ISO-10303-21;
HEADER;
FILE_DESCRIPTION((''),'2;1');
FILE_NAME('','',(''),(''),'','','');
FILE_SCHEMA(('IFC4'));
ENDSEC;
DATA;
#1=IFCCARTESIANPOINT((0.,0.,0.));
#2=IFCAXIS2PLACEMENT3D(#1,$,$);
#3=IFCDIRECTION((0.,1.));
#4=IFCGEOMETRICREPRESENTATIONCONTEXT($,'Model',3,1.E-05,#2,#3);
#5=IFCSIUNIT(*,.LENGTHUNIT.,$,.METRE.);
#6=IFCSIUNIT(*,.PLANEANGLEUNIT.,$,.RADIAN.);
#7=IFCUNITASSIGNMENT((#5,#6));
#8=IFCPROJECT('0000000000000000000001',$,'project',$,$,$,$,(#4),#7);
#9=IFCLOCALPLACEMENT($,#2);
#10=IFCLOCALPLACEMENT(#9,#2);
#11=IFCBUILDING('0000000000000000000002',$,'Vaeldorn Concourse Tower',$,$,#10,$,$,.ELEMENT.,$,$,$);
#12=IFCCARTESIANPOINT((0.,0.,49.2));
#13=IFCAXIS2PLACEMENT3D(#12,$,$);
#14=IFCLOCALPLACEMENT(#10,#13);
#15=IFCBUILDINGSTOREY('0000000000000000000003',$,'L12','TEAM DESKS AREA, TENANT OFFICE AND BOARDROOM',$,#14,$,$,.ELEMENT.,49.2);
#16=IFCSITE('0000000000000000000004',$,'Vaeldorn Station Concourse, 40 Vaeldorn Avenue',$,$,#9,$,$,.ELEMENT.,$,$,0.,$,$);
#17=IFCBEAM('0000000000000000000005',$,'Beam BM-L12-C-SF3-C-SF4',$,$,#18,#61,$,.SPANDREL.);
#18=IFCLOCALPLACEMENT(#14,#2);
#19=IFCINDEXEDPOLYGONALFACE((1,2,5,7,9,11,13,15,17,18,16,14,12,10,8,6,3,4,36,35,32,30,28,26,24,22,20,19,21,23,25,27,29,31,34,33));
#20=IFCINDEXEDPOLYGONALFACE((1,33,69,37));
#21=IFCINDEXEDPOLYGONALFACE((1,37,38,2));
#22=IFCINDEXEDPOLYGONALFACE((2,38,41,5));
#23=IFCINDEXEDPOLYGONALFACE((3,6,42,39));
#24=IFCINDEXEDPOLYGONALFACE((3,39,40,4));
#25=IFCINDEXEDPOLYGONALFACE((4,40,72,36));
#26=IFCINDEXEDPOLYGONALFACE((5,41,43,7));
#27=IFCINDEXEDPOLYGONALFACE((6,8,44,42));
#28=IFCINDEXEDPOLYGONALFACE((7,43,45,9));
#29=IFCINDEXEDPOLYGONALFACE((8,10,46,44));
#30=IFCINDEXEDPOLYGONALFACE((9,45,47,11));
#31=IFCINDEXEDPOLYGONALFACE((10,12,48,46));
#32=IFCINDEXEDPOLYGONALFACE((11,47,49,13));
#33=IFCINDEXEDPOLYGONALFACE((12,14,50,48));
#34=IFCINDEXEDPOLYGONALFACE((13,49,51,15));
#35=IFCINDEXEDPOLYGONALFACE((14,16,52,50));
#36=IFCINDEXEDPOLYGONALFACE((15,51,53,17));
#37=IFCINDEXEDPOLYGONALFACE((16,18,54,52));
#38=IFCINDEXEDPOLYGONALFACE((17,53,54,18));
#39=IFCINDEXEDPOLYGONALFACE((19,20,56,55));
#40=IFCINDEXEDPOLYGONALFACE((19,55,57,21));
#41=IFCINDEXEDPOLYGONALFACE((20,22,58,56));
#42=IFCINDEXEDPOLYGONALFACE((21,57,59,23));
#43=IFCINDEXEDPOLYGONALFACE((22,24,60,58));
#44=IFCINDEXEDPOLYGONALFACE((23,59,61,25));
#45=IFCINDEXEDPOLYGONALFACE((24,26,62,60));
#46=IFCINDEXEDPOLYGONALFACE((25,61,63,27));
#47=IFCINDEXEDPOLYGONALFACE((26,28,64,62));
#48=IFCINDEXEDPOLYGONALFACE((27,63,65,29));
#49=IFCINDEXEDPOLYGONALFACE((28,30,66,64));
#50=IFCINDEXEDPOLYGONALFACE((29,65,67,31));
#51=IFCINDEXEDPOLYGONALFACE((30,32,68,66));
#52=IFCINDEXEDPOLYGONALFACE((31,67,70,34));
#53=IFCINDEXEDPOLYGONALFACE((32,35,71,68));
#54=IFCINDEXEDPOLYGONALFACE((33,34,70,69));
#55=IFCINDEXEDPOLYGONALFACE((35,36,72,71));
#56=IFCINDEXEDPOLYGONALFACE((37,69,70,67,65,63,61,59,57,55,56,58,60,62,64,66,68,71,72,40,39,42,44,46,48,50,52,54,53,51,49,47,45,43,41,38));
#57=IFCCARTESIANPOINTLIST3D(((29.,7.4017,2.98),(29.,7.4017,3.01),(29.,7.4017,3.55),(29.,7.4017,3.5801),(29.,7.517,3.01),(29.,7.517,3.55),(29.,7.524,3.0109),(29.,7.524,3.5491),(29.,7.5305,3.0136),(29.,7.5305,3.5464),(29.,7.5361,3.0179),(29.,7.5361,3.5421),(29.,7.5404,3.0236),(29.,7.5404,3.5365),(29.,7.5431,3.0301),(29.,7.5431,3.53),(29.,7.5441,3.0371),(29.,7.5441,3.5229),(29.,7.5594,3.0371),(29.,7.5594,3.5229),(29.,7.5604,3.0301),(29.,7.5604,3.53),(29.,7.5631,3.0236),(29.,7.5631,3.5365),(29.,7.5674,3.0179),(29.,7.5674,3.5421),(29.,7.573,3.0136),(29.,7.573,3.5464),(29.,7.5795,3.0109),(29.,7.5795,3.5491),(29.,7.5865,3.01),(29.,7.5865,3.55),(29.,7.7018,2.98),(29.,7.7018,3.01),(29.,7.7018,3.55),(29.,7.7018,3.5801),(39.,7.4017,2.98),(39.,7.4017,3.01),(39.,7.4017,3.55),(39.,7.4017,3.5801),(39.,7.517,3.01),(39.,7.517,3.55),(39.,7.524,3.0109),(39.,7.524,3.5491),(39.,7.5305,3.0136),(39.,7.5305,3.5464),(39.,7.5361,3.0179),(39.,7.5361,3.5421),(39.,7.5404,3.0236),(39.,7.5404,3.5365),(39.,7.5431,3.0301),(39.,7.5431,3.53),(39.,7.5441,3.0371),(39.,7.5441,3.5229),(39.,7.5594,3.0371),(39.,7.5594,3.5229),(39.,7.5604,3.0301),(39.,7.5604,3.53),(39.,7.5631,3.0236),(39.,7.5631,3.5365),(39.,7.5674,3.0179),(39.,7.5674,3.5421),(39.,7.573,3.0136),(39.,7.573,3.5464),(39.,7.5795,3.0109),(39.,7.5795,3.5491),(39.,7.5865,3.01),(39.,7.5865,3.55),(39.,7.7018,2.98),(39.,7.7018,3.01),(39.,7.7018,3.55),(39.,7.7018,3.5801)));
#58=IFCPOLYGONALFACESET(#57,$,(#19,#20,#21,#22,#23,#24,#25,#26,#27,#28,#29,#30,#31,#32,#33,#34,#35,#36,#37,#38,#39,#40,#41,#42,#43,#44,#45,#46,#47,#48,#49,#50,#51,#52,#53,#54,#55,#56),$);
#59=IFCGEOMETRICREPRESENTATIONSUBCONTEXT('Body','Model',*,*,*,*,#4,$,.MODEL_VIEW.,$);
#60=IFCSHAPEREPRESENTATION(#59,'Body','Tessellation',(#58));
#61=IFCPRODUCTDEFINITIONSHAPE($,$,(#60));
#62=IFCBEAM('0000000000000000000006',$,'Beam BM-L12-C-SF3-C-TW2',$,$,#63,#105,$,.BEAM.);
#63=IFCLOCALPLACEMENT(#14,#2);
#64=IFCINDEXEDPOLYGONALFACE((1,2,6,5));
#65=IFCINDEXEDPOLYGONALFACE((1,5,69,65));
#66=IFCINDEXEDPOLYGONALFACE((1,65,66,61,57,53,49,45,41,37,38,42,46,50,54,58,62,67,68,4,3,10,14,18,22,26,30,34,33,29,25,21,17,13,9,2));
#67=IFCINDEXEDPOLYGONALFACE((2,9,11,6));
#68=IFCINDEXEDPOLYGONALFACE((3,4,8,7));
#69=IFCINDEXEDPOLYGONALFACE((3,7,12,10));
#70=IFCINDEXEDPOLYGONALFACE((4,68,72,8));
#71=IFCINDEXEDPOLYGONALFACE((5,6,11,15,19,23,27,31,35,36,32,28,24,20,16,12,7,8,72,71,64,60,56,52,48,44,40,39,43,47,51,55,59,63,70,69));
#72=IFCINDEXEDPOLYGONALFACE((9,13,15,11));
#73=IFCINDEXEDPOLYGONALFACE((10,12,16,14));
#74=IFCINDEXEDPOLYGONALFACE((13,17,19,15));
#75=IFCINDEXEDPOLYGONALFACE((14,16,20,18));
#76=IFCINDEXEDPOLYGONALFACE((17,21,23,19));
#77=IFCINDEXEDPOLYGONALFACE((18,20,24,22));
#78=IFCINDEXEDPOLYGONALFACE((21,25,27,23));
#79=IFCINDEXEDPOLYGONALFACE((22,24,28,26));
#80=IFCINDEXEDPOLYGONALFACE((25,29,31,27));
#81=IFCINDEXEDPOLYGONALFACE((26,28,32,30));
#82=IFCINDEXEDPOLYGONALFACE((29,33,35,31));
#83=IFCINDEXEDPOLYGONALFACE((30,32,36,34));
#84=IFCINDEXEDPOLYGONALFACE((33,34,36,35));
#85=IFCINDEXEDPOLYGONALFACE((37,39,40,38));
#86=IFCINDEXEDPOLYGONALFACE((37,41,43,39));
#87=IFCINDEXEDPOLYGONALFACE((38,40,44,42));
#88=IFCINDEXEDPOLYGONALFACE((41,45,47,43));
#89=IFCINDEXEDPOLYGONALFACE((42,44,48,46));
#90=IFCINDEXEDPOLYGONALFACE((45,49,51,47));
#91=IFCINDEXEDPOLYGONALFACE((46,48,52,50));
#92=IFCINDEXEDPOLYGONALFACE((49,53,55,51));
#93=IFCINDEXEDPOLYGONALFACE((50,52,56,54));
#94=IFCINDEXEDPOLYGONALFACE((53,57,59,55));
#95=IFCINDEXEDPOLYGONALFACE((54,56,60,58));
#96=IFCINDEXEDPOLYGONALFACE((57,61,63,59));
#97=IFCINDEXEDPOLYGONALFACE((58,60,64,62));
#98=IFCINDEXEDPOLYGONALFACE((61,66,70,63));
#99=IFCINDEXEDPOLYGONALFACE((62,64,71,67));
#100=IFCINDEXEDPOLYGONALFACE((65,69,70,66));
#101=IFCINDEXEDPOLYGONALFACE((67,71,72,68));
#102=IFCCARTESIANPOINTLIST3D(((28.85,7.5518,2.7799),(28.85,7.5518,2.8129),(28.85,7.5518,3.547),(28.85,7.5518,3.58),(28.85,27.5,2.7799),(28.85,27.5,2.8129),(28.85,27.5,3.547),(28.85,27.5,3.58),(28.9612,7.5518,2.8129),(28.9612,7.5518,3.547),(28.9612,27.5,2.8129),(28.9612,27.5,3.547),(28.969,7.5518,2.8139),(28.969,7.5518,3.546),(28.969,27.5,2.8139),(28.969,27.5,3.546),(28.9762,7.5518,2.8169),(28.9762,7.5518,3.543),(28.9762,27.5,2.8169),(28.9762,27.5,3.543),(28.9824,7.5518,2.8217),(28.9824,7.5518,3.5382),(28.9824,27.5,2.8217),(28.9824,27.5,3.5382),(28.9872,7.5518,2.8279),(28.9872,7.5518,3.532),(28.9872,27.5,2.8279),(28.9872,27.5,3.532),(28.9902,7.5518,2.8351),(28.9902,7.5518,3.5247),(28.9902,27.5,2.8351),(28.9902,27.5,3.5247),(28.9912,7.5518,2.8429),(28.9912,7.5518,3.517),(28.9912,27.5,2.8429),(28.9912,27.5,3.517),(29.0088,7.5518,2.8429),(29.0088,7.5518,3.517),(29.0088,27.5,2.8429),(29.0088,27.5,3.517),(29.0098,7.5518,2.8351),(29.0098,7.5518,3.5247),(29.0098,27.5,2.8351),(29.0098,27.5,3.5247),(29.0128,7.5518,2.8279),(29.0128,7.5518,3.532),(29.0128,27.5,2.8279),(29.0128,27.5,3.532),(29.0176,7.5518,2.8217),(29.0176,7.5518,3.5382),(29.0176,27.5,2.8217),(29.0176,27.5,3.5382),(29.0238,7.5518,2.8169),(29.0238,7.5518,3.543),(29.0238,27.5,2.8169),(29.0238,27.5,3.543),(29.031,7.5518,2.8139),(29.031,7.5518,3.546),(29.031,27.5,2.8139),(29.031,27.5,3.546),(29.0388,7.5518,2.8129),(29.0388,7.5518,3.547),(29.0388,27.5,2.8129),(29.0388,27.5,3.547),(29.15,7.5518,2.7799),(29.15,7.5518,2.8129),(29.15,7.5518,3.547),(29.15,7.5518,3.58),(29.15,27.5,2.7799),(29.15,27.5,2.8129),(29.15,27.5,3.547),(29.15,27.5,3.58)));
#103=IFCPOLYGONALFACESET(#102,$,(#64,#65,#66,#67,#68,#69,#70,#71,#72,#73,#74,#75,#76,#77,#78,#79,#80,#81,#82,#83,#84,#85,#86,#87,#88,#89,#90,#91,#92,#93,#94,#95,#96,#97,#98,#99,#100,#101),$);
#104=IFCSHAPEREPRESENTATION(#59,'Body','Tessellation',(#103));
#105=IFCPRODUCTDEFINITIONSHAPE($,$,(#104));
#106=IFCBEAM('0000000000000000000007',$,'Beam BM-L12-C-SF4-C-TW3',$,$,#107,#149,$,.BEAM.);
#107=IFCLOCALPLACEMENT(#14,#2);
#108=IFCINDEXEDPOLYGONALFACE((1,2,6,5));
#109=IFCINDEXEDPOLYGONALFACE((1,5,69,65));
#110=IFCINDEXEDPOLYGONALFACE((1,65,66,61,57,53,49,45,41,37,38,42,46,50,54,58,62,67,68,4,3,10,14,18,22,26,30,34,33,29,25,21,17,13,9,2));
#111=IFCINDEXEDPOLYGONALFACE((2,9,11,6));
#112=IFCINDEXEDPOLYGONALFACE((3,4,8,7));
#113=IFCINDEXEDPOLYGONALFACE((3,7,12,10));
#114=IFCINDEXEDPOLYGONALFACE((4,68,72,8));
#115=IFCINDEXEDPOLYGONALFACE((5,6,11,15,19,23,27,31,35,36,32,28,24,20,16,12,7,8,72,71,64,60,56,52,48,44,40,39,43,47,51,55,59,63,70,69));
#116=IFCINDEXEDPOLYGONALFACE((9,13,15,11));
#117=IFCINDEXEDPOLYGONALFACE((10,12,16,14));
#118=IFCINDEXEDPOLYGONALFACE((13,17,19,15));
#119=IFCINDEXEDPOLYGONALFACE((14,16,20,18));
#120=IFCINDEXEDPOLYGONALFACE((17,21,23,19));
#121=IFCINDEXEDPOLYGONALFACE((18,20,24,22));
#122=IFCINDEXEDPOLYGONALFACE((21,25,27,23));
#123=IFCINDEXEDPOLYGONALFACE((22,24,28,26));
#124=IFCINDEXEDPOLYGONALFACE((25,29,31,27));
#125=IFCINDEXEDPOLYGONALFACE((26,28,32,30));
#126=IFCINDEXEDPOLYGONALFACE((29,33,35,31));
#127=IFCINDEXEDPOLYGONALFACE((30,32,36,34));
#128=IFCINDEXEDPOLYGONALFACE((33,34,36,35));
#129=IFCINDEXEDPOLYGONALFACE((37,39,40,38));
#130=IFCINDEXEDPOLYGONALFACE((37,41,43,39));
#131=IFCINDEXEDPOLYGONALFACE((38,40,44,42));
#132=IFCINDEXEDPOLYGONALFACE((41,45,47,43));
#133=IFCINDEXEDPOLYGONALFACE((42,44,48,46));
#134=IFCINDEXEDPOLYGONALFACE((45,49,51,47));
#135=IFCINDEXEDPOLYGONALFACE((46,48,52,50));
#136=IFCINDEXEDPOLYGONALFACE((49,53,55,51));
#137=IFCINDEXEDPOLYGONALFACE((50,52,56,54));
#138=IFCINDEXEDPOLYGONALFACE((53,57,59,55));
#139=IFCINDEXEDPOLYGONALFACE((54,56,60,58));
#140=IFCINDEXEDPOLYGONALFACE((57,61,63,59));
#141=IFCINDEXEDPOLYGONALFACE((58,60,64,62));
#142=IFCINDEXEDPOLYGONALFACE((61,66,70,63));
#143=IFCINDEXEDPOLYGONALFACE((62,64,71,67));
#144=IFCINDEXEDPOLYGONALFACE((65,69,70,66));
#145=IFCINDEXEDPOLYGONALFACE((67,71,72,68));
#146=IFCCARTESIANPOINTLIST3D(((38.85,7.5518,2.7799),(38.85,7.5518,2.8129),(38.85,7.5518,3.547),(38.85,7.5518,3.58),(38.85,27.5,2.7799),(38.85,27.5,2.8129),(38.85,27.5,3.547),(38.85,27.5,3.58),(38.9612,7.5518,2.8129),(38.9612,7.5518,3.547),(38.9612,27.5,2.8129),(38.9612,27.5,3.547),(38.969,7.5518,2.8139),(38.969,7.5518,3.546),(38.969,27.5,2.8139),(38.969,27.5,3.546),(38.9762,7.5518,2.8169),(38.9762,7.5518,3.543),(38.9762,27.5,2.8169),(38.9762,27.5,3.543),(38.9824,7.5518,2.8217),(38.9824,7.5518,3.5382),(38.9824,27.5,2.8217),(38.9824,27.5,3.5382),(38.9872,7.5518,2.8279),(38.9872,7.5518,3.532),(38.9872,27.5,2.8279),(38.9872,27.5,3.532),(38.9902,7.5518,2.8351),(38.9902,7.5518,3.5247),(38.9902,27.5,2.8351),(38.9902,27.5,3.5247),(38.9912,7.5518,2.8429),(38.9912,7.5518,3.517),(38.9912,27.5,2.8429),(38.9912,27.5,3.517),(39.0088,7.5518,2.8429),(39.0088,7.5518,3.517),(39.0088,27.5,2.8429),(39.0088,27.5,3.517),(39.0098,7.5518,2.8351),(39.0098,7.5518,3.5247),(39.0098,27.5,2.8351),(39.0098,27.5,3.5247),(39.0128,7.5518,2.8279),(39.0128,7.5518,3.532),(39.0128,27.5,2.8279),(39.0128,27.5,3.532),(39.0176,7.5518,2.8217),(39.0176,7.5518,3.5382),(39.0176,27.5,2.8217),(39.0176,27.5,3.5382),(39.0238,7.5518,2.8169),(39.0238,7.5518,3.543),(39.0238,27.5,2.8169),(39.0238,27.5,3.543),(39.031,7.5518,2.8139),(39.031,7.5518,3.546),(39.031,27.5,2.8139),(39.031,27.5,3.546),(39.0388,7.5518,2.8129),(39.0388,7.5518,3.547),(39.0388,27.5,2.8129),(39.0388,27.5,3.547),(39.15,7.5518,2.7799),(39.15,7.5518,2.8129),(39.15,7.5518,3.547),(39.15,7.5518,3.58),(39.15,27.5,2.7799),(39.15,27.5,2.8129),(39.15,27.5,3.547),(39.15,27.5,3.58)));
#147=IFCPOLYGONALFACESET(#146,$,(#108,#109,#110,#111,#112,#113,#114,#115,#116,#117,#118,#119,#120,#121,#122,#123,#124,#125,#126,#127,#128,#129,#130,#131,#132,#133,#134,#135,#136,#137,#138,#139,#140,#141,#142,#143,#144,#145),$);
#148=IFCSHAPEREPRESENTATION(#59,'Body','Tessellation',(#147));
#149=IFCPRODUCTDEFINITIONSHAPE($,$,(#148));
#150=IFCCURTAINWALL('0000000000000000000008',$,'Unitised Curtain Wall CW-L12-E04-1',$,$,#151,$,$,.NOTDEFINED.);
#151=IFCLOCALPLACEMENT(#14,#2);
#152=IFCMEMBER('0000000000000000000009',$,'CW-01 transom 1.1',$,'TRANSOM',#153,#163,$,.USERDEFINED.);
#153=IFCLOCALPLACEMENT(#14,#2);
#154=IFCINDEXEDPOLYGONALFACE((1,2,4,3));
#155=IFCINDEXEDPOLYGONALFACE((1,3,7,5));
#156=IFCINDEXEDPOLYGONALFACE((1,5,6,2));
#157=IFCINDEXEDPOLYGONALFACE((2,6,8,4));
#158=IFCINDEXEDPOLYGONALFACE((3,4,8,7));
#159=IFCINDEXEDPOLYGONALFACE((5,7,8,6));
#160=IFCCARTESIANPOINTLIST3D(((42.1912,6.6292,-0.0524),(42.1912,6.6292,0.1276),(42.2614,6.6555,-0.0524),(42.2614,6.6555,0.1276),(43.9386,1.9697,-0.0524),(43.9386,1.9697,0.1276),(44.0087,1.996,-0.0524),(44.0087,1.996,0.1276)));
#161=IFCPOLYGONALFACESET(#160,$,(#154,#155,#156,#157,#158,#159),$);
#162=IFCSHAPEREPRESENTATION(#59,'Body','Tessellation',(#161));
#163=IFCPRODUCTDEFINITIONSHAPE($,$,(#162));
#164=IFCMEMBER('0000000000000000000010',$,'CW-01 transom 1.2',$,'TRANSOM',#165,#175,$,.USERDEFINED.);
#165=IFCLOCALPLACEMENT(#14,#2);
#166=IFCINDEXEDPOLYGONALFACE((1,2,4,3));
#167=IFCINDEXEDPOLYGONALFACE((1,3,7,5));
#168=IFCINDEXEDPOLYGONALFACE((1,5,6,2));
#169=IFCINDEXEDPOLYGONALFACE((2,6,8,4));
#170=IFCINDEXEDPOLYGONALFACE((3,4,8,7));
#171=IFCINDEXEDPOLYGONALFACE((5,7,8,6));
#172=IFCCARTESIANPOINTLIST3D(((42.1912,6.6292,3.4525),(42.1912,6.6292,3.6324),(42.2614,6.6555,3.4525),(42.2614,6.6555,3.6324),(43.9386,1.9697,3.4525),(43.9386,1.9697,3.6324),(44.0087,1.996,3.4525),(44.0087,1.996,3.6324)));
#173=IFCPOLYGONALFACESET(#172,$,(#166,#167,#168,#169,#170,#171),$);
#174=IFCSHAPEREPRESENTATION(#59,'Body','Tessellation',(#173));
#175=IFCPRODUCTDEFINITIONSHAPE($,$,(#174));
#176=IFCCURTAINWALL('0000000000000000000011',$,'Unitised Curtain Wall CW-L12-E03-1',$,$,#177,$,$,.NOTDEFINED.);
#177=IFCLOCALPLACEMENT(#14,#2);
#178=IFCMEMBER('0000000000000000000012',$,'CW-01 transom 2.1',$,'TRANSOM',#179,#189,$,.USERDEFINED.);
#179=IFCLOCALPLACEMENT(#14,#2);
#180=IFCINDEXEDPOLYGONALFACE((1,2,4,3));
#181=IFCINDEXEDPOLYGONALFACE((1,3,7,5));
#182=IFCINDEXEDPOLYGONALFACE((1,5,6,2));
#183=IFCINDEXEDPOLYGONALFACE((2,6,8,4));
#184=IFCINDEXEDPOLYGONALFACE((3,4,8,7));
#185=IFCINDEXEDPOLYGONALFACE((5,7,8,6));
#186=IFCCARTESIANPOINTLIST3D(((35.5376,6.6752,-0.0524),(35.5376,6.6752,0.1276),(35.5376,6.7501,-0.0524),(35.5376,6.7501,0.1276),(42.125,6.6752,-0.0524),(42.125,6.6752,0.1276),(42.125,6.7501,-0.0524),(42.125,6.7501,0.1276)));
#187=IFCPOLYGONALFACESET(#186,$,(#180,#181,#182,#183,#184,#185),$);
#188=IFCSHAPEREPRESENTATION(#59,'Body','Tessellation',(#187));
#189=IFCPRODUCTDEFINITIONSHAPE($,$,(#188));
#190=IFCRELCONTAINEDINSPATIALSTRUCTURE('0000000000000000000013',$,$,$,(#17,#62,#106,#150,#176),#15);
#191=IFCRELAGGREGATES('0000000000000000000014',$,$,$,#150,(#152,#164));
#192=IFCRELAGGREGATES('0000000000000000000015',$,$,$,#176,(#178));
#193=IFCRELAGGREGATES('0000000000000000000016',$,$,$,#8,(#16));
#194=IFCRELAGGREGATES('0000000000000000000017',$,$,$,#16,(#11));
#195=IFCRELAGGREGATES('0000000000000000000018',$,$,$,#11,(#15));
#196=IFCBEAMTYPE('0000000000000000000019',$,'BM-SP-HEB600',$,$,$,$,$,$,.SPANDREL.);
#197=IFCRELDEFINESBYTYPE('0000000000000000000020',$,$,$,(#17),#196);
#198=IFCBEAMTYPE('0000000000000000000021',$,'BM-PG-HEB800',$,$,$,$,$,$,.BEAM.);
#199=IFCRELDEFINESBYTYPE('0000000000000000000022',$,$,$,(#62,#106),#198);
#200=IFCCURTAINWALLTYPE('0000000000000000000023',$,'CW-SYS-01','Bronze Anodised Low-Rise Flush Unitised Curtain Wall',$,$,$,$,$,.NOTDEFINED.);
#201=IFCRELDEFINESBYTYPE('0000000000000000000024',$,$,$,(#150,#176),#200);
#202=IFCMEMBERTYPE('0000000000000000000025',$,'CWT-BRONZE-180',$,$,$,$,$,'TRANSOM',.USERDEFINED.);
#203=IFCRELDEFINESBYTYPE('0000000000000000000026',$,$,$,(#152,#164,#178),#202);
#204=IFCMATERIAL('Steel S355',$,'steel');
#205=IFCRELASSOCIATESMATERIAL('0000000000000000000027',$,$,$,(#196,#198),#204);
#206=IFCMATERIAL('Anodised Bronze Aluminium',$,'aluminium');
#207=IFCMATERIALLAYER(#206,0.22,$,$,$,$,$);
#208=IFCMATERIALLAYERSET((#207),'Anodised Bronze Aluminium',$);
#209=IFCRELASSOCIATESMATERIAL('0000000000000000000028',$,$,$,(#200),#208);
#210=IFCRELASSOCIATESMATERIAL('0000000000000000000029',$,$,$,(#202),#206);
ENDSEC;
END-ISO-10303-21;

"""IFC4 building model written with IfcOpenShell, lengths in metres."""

from ifc_helpers import new_model, si_unit, direction, frame, origin, origin_2d, place, context, subcontext, project, spatial, rectangle, i_section, extrude, source, transform, mapped, material, layer, layer_set, material_profile, profile_set, type_object, element, aggregate, save


model = new_model("IFC4")

# Units and contexts
model_context = context("Model", 3, precision=1e-05, world=origin(), true_north=direction((0.0, 1.0)))
body_context = subcontext(model_context, "Body", "Model", "MODEL_VIEW")
ifc_project = project(units=[si_unit("LENGTHUNIT", "METRE"), si_unit("PLANEANGLEUNIT", "RADIAN")], contexts=[model_context])

# Site, building, storey
site_placement = place(None, origin())
site = spatial("IfcSite", under=ifc_project, at=site_placement, Name="Vaeldorn Station Concourse, 40 Vaeldorn Avenue", CompositionType="ELEMENT", RefElevation=0.0)
building_placement = place(site_placement, origin())
building = spatial("IfcBuilding", under=site, at=building_placement, Name="Vaeldorn Concourse Tower", CompositionType="ELEMENT")
storey_placement = place(building_placement, frame((0.0, 0.0, 49.2)))
storey = spatial("IfcBuildingStorey", under=building, at=storey_placement, Name="L12", Description="TEAM DESKS AREA, TENANT OFFICE AND BOARDROOM", CompositionType="ELEMENT", Elevation=49.2)

# Beams
ifc_material_1 = material(Name="Steel S355", Category="steel")
ifc_material_profile_1 = material_profile(ifc_material_1, i_section(OverallWidth=0.3, OverallDepth=0.6001, WebThickness=0.0154, FlangeThickness=0.03, FilletRadius=0.0271, at=origin_2d()), Name="HEB 600")
ifc_profile_set_1 = profile_set([ifc_material_profile_1], Name="Steel S355")
beam_type_1 = type_object("IfcBeamType", Name="BM-SP-HEB600", PredefinedType="SPANDREL", material=ifc_profile_set_1)
shared_shape_1 = source(origin(), body_context, "Body", "SweptSolid", [
    extrude(i_section(OverallWidth=0.3, OverallDepth=0.6001, WebThickness=0.0154, FlangeThickness=0.03, FilletRadius=0.0271, at=origin_2d()), origin(), (0.0, 0.0, 1.0), 10.0),
])
beam_1_placement = place(storey_placement, frame((29.0, 7.5518, 3.28), z_axis=(1.0, 0.0, 0.0), x_axis=(0.0, 1.0, 0.0)))
element("IfcBeam", 1, at=beam_1_placement, inside=storey, type_object=beam_type_1, Name="Beam BM-L12-C-SF3-C-SF4", PredefinedType="SPANDREL", context=body_context, shape_type="MappedRepresentation", body=[
    mapped(shared_shape_1, transform((0.0, 0.0, 0.0), scale=1.0)),
])
ifc_material_profile_2 = material_profile(ifc_material_1, i_section(OverallWidth=0.3, OverallDepth=0.8, WebThickness=0.0176, FlangeThickness=0.033, FilletRadius=0.03, at=origin_2d()), Name="HEB 800")
ifc_profile_set_2 = profile_set([ifc_material_profile_2], Name="Steel S355")
beam_type_2 = type_object("IfcBeamType", Name="BM-PG-HEB800", PredefinedType="BEAM", material=ifc_profile_set_2)
shared_shape_2 = source(origin(), body_context, "Body", "SweptSolid", [
    extrude(i_section(OverallWidth=0.3, OverallDepth=0.8, WebThickness=0.0176, FlangeThickness=0.033, FilletRadius=0.03, at=origin_2d()), origin(), (0.0, 0.0, 1.0), 19.9482),
])
for number, where, z_axis, x_axis, name in (
    (2, (29.0, 7.5518, 3.1799), (0.0, 1.0, 0.0), (-1.0, 0.0, 0.0), "Beam BM-L12-C-SF3-C-TW2"),
    (3, (39.0, 7.5518, 3.1799), (0.0, 1.0, 0.0), (-1.0, 0.0, 0.0), "Beam BM-L12-C-SF4-C-TW3"),
):
    element("IfcBeam", number, at=place(storey_placement, frame(where, z_axis=z_axis, x_axis=x_axis)), inside=storey, type_object=beam_type_2, Name=name, PredefinedType="BEAM", context=body_context, shape_type="MappedRepresentation", body=[
        mapped(shared_shape_2, transform((0.0, 0.0, 0.0), scale=1.0)),
    ])

# Curtain walls, members
ifc_material_2 = material(Name="Anodised Bronze Aluminium", Category="aluminium")
ifc_layer_1 = layer(ifc_material_2, 0.22)
ifc_layer_set_1 = layer_set([ifc_layer_1], Name="Anodised Bronze Aluminium")
curtain_wall_type = type_object("IfcCurtainWallType", Name="CW-SYS-01", Description="Bronze Anodised Low-Rise Flush Unitised Curtain Wall", PredefinedType="NOTDEFINED", material=ifc_layer_set_1)
curtain_wall_1_placement = place(storey_placement, origin())
curtain_wall_1 = element("IfcCurtainWall", 4, at=curtain_wall_1_placement, inside=storey, type_object=curtain_wall_type, Name="Unitised Curtain Wall CW-L12-E04-1", PredefinedType="NOTDEFINED")
ifc_material_profile_3 = material_profile(ifc_material_2, rectangle(XDim=0.075, YDim=0.1799, at=origin_2d()), Name="CWT 75x180")
ifc_profile_set_3 = profile_set([ifc_material_profile_3], Name="Anodised Bronze Aluminium")
member_type_1 = type_object("IfcMemberType", Name="CWT-BRONZE-180", ElementType="TRANSOM", PredefinedType="USERDEFINED", material=ifc_profile_set_3)
shared_shape_3 = source(origin(), body_context, "Body", "SweptSolid", [
    extrude(rectangle(XDim=0.075, YDim=0.1799, at=origin_2d()), origin(), (0.0, 0.0, 1.0), 4.9763),
])
member_1_placement = place(storey_placement, frame((42.2263, 6.6423, 0.0376), z_axis=(0.351129, -0.936327, 0.0), x_axis=(0.936327, 0.351129, 0.0)))
member_1 = element("IfcMember", 5, at=member_1_placement, type_object=member_type_1, Name="CW-01 transom 1.1", ObjectType="TRANSOM", PredefinedType="USERDEFINED", context=body_context, shape_type="MappedRepresentation", body=[
    mapped(shared_shape_3, transform((0.0, 0.0, 0.0), scale=1.0)),
])
member_2_placement = place(storey_placement, frame((42.2263, 6.6423, 3.5425), z_axis=(0.351129, -0.936327, 0.0), x_axis=(0.936327, 0.351129, 0.0)))
member_2 = element("IfcMember", 6, at=member_2_placement, type_object=member_type_1, Name="CW-01 transom 1.2", ObjectType="TRANSOM", PredefinedType="USERDEFINED", context=body_context, shape_type="MappedRepresentation", body=[
    mapped(shared_shape_3, transform((0.0, 0.0, 0.0), scale=1.0)),
])
curtain_wall_2_placement = place(storey_placement, origin())
curtain_wall_2 = element("IfcCurtainWall", 7, at=curtain_wall_2_placement, inside=storey, type_object=curtain_wall_type, Name="Unitised Curtain Wall CW-L12-E03-1", PredefinedType="NOTDEFINED")
shared_shape_4 = source(origin(), body_context, "Body", "SweptSolid", [
    extrude(rectangle(XDim=0.075, YDim=0.1799, at=origin_2d()), origin(), (0.0, 0.0, 1.0), 6.5874),
])
member_3_placement = place(storey_placement, frame((35.5376, 6.7126, 0.0376), z_axis=(1.0, 0.0, 0.0), x_axis=(0.0, 1.0, 0.0)))
member_3 = element("IfcMember", 8, at=member_3_placement, type_object=member_type_1, Name="CW-01 transom 2.1", ObjectType="TRANSOM", PredefinedType="USERDEFINED", context=body_context, shape_type="MappedRepresentation", body=[
    mapped(shared_shape_4, transform((0.0, 0.0, 0.0), scale=1.0)),
])

aggregate(curtain_wall_1, [member_1, member_2])
aggregate(curtain_wall_2, [member_3])

save(model, "model.ifc")
